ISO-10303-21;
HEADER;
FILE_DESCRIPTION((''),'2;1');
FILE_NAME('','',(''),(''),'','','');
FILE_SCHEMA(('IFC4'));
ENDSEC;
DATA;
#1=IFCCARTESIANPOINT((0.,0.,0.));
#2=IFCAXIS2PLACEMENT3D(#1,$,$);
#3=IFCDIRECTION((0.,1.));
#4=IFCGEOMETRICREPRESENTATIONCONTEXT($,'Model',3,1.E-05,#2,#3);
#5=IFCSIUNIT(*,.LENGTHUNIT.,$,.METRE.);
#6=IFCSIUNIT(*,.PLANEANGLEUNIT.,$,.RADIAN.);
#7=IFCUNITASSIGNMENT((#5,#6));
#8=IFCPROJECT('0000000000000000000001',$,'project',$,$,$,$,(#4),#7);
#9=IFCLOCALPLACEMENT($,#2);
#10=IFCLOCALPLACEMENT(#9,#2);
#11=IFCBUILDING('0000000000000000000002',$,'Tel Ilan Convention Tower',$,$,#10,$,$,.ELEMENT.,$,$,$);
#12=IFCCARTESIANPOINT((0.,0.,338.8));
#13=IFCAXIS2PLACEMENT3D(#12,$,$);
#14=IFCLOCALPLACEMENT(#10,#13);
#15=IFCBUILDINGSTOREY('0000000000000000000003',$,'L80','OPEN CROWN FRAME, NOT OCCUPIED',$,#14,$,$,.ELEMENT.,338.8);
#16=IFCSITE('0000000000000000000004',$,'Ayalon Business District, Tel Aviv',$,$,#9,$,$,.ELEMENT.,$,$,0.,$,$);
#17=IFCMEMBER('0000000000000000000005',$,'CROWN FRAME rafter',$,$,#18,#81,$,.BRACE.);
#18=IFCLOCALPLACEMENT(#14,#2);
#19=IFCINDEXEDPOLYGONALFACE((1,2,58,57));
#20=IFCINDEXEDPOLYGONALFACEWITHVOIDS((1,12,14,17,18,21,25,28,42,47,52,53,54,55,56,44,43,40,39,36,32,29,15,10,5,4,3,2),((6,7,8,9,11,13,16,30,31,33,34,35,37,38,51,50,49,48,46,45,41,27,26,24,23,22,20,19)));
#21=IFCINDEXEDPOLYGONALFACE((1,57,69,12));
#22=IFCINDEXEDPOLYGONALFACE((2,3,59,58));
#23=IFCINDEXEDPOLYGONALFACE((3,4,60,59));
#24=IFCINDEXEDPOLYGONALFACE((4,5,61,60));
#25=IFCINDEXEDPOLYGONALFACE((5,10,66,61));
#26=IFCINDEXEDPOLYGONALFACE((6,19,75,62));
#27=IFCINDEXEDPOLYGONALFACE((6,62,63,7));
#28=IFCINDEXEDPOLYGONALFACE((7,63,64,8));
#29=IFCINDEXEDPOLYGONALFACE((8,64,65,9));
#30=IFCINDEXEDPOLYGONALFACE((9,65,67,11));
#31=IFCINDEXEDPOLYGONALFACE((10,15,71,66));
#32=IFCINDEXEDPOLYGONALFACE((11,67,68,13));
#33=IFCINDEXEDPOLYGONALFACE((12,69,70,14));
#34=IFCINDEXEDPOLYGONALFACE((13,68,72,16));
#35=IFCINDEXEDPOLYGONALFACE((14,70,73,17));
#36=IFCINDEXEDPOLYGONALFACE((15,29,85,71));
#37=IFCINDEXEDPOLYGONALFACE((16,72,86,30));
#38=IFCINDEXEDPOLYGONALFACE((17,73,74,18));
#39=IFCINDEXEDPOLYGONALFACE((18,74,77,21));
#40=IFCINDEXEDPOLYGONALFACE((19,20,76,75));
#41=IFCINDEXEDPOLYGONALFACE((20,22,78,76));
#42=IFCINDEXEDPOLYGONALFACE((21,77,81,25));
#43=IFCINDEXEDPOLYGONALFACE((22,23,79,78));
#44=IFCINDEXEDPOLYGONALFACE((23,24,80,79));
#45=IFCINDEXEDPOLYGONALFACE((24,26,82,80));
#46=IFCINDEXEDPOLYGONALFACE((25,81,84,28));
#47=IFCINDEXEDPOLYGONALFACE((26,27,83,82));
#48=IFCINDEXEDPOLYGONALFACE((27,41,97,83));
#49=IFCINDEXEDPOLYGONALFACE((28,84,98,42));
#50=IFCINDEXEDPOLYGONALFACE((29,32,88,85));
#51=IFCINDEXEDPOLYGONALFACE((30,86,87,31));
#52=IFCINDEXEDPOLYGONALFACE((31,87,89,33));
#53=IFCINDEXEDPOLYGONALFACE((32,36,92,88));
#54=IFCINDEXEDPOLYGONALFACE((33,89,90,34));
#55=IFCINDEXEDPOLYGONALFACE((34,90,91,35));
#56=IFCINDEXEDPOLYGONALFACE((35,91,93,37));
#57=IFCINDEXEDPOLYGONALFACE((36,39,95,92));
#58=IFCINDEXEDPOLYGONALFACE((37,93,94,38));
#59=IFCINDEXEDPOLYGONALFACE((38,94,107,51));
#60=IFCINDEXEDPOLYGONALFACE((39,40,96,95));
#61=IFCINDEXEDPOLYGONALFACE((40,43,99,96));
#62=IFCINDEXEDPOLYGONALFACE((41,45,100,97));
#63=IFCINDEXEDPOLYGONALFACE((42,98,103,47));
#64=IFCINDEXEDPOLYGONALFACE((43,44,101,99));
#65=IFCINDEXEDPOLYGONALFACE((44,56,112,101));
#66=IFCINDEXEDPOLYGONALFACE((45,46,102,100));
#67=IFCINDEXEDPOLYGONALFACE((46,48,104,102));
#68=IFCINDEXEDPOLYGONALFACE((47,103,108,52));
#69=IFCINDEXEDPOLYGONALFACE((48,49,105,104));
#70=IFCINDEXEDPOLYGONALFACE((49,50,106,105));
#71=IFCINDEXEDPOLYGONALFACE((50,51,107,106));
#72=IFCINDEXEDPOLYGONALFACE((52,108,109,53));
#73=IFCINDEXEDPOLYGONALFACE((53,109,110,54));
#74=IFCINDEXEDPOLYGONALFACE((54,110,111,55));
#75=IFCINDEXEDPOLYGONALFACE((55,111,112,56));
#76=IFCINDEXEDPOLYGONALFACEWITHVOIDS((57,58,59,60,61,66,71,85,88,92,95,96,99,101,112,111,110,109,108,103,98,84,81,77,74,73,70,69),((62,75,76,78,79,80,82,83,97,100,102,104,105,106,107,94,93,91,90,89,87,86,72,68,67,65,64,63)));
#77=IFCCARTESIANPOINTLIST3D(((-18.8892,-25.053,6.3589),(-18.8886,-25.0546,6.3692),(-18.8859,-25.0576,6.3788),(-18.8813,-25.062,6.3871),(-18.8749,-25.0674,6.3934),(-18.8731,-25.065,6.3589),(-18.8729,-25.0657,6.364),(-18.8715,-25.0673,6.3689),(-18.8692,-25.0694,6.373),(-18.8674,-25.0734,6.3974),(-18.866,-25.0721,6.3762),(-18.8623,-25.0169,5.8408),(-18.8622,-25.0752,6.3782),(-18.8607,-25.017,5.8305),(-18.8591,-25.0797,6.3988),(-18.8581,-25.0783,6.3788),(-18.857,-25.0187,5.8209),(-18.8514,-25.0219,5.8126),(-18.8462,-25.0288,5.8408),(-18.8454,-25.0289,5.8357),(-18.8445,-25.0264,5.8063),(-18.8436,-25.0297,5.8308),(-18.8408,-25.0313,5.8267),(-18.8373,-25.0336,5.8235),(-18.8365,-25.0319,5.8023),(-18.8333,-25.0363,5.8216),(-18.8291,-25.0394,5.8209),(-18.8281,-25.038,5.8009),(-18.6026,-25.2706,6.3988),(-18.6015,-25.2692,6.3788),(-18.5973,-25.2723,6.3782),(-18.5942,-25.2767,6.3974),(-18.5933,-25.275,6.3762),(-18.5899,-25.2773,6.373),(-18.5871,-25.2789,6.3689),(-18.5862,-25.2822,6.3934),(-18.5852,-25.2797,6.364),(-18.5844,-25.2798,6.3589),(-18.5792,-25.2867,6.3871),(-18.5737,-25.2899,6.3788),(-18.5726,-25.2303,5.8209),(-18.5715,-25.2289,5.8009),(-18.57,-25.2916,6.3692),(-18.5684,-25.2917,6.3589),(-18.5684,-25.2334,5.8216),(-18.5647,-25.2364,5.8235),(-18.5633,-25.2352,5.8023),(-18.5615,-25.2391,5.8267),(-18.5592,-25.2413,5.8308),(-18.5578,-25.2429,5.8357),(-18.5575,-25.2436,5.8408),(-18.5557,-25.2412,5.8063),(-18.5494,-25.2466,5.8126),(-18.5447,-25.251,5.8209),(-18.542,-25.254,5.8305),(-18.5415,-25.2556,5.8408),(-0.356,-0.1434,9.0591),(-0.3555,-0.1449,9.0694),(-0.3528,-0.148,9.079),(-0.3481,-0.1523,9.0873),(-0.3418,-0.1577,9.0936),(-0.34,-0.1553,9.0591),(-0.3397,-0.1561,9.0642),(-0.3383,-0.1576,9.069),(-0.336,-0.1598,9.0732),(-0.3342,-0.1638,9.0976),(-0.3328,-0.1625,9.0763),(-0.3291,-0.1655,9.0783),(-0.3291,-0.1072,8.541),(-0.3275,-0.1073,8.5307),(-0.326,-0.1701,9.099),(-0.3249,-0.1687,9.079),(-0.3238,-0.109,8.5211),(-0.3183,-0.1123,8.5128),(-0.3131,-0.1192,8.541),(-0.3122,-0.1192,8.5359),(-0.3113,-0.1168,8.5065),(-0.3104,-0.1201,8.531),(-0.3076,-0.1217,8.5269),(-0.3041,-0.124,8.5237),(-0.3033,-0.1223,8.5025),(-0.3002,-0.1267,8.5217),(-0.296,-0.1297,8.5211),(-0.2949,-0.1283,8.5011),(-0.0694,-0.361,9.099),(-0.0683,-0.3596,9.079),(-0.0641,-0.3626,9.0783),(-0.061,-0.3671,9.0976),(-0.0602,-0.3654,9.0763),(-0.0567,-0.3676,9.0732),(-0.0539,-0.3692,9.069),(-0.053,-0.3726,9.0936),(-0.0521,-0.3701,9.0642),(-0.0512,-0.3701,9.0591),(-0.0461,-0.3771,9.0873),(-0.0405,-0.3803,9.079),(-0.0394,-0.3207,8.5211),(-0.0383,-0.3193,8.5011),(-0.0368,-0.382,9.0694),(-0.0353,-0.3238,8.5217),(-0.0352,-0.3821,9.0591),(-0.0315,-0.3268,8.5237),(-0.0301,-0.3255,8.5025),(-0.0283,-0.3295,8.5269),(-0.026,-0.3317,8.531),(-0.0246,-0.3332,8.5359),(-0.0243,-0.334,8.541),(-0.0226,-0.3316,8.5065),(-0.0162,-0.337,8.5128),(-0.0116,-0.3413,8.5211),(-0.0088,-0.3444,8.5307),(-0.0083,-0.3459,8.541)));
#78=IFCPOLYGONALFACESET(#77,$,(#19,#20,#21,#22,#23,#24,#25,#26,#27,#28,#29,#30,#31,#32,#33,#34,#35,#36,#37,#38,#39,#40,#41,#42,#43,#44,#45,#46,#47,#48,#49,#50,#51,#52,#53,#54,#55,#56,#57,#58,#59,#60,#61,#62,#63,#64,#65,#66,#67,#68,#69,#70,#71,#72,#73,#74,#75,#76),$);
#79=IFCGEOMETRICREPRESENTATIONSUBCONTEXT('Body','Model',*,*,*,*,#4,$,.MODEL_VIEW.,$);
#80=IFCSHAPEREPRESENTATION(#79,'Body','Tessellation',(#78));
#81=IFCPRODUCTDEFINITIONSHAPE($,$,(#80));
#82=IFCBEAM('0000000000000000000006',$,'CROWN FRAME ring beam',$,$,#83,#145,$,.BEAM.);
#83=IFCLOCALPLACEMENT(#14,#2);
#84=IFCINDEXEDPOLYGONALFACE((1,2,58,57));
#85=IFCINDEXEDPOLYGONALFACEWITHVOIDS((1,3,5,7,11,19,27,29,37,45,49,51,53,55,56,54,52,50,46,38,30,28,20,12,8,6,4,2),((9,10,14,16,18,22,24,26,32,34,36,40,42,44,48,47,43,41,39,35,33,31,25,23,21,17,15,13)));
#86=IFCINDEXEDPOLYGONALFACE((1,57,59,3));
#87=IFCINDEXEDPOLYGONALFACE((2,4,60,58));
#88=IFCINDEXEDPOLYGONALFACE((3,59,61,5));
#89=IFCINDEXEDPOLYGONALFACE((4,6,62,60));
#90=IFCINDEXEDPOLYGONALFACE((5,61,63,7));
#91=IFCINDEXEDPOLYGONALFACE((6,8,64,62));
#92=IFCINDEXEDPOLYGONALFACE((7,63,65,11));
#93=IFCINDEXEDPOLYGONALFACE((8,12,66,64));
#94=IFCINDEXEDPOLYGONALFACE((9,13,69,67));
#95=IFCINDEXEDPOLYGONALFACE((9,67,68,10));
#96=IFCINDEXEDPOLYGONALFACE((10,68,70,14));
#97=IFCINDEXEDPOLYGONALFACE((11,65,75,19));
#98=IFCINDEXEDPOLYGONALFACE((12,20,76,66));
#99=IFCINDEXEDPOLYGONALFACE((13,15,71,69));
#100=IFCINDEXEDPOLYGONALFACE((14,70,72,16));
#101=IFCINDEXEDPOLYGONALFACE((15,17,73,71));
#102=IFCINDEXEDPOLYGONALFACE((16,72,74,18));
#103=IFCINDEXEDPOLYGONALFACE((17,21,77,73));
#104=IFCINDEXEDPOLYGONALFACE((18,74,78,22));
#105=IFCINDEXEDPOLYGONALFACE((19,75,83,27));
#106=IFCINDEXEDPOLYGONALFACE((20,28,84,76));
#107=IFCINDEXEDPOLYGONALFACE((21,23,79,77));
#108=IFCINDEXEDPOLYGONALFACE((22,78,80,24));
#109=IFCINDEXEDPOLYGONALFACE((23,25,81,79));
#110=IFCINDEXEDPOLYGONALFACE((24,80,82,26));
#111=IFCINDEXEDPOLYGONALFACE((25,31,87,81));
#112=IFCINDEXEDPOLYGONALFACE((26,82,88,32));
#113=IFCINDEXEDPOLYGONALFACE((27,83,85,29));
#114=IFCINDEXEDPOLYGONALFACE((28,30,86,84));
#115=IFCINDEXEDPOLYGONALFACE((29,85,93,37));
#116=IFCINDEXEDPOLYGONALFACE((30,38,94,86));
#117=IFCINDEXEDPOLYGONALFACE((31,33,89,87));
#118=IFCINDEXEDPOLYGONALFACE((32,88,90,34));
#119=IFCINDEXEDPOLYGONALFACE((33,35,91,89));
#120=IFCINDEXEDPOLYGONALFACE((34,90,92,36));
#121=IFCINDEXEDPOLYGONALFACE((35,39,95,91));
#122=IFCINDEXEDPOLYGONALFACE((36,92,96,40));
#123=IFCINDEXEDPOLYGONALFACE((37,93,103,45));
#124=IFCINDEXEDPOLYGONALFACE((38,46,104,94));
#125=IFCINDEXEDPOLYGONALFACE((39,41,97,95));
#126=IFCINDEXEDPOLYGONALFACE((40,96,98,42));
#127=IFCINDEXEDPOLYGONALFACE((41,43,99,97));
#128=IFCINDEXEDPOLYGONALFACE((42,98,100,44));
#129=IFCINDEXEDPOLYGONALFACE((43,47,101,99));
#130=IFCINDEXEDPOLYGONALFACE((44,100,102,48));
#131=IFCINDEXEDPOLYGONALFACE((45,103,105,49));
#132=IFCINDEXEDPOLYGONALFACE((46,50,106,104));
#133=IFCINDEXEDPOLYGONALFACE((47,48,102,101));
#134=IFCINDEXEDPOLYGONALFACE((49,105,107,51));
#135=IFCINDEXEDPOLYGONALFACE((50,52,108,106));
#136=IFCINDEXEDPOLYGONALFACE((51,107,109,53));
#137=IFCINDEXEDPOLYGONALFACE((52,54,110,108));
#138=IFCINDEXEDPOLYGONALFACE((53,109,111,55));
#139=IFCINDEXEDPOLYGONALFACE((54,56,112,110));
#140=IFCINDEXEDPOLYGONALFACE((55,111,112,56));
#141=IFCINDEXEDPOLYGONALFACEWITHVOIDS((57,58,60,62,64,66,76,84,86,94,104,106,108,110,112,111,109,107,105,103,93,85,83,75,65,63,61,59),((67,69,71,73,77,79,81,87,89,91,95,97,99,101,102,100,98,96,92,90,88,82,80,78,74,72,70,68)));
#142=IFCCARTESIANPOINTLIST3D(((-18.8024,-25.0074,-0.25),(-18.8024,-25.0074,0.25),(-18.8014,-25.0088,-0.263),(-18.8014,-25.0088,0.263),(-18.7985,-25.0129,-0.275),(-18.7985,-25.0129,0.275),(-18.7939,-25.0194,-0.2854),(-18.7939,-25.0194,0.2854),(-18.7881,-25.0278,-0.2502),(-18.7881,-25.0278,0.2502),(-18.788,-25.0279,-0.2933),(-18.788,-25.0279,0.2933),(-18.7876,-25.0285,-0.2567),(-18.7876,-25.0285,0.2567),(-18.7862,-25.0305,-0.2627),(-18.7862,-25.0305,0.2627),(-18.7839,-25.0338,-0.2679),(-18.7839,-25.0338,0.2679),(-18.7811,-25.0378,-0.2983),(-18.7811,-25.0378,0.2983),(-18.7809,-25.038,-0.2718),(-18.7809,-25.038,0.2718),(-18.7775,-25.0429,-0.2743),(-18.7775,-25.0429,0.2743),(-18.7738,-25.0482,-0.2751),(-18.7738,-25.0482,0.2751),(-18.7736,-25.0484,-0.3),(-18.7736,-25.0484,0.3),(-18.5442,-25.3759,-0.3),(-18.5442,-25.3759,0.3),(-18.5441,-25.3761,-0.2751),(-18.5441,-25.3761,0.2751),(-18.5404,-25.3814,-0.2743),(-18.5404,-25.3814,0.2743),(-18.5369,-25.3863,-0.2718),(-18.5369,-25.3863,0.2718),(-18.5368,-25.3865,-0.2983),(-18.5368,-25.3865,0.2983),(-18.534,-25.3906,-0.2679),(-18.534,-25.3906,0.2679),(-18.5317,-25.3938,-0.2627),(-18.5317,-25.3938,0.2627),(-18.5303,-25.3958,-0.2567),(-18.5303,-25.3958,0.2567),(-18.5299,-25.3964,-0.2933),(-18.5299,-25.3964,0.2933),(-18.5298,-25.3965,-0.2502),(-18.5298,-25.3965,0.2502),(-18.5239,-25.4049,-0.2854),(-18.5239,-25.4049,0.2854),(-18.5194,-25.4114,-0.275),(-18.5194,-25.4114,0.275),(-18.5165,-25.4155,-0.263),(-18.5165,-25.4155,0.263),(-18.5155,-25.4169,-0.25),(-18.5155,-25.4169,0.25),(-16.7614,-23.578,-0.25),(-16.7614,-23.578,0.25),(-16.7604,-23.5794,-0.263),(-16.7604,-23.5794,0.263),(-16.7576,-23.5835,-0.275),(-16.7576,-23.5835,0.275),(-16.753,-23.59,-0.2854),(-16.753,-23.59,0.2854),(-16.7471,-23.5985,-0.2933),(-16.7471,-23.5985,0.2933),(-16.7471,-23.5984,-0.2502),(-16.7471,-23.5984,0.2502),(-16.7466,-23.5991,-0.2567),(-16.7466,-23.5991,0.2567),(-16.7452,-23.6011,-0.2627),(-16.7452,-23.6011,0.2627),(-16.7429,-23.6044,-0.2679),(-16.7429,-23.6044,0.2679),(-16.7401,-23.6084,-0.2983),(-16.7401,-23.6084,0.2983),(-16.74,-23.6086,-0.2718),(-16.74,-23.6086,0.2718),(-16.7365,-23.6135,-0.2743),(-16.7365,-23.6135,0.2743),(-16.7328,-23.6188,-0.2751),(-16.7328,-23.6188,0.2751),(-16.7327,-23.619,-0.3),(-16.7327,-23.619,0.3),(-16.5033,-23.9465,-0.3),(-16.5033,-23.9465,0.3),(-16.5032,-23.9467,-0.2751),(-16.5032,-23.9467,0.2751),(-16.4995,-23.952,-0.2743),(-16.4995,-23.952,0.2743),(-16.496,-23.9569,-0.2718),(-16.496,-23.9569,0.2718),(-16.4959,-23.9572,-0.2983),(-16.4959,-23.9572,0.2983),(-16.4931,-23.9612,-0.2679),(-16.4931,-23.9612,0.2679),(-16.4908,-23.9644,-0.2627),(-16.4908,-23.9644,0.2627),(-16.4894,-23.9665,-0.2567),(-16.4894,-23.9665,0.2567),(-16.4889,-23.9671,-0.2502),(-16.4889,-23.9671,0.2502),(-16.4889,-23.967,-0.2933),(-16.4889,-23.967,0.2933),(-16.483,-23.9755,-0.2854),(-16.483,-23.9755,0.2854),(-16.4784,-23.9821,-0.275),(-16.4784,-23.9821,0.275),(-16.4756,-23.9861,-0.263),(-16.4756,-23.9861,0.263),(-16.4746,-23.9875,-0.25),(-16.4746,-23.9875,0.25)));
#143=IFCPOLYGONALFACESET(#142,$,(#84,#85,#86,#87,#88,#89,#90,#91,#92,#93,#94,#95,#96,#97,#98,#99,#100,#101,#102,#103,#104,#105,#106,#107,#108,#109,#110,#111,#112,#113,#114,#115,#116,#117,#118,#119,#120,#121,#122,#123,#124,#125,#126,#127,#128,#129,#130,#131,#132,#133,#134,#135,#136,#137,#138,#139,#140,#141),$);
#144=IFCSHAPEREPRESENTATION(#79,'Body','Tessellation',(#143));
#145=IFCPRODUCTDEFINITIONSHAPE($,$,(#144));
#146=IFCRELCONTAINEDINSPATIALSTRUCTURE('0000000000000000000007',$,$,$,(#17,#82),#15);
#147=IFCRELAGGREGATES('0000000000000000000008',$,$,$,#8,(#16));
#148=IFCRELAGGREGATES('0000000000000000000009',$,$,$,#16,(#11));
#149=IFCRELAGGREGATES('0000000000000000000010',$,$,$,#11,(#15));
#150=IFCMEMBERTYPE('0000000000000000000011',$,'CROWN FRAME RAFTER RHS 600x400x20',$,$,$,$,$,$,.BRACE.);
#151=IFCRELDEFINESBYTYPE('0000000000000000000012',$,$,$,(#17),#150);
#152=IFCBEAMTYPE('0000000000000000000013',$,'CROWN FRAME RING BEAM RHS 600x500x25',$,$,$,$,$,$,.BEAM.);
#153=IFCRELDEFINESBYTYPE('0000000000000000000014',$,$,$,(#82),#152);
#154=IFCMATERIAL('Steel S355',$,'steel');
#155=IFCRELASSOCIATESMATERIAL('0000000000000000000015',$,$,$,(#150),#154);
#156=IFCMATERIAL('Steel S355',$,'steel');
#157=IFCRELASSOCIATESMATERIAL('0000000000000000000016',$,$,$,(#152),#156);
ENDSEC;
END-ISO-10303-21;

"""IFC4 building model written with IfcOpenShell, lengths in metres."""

from ifc_helpers import new_model, si_unit, direction, frame, origin, origin_2d, place, context, subcontext, project, spatial, hollow_rectangle, extrude, material, material_profile, profile_set, type_object, element, save


model = new_model("IFC4")

# Units and contexts
model_context = context("Model", 3, precision=1e-05, world=origin(), true_north=direction((0.0, 1.0)))
body_context = subcontext(model_context, "Body", "Model", "MODEL_VIEW")
ifc_project = project(units=[si_unit("LENGTHUNIT", "METRE"), si_unit("PLANEANGLEUNIT", "RADIAN")], contexts=[model_context])

# Site, building, storey
site_placement = place(None, origin())
site = spatial("IfcSite", under=ifc_project, at=site_placement, Name="Ayalon Business District, Tel Aviv", CompositionType="ELEMENT", RefElevation=0.0)
building_placement = place(site_placement, origin())
building = spatial("IfcBuilding", under=site, at=building_placement, Name="Tel Ilan Convention Tower", CompositionType="ELEMENT")
storey_placement = place(building_placement, frame((0.0, 0.0, 338.8)))
storey = spatial("IfcBuildingStorey", under=building, at=storey_placement, Name="L80", Description="OPEN CROWN FRAME, NOT OCCUPIED", CompositionType="ELEMENT", Elevation=338.8)

# Member
ifc_material_1 = material(Name="Steel S355", Category="steel")
ifc_material_profile_1 = material_profile(ifc_material_1, hollow_rectangle(XDim=0.3999, YDim=0.6001, WallThickness=0.02, InnerFilletRadius=0.02, OuterFilletRadius=0.04, at=origin_2d()), Name="RHS 600x400x20")
ifc_profile_set_1 = profile_set([ifc_material_profile_1], Name="Steel S355")
member_type_1 = type_object("IfcMemberType", Name="CROWN FRAME RAFTER RHS 600x400x20", PredefinedType="BRACE", material=ifc_profile_set_1)
member_1_placement = place(storey_placement, frame((-18.7153, -25.1543, 6.0999), z_axis=(0.594678, 0.799281, 0.086642), x_axis=(-0.802298, 0.596923, 0.0)))
element("IfcMember", 1, at=member_1_placement, inside=storey, type_object=member_type_1, Name="CROWN FRAME rafter", PredefinedType="BRACE", context=body_context, shape_type="SweptSolid", body=[
    extrude(hollow_rectangle(XDim=0.3999, YDim=0.6001, WallThickness=0.02, InnerFilletRadius=0.02, OuterFilletRadius=0.04, at=origin_2d()), origin(), (0.0, 0.0, 1.0), 31.165),
])

# Beam
ifc_material_2 = material(Name="Steel S355", Category="steel")
ifc_material_profile_2 = material_profile(ifc_material_2, hollow_rectangle(XDim=0.5, YDim=0.6001, WallThickness=0.0249, InnerFilletRadius=0.0249, OuterFilletRadius=0.05, at=origin_2d()), Name="RHS 600x500x25")
ifc_profile_set_2 = profile_set([ifc_material_profile_2], Name="Steel S355")
beam_type = type_object("IfcBeamType", Name="CROWN FRAME RING BEAM RHS 600x500x25", PredefinedType="BEAM", material=ifc_profile_set_2)
for number, where, z_axis, x_axis, name in (
    (2, (-18.6589, -25.2122, 0.0), (0.819094, 0.57366, 0.0), (-0.57366, 0.819094, 0.0), "CROWN FRAME ring beam"),
):
    element("IfcBeam", number, at=place(storey_placement, frame(where, z_axis=z_axis, x_axis=x_axis)), inside=storey, type_object=beam_type, Name=name, PredefinedType="BEAM", context=body_context, shape_type="SweptSolid", body=[
        extrude(hollow_rectangle(XDim=0.5, YDim=0.6001, WallThickness=0.0249, InnerFilletRadius=0.0249, OuterFilletRadius=0.05, at=origin_2d()), origin(), (0.0, 0.0, 1.0), 2.4917),
    ])

save(model, "model.ifc")
